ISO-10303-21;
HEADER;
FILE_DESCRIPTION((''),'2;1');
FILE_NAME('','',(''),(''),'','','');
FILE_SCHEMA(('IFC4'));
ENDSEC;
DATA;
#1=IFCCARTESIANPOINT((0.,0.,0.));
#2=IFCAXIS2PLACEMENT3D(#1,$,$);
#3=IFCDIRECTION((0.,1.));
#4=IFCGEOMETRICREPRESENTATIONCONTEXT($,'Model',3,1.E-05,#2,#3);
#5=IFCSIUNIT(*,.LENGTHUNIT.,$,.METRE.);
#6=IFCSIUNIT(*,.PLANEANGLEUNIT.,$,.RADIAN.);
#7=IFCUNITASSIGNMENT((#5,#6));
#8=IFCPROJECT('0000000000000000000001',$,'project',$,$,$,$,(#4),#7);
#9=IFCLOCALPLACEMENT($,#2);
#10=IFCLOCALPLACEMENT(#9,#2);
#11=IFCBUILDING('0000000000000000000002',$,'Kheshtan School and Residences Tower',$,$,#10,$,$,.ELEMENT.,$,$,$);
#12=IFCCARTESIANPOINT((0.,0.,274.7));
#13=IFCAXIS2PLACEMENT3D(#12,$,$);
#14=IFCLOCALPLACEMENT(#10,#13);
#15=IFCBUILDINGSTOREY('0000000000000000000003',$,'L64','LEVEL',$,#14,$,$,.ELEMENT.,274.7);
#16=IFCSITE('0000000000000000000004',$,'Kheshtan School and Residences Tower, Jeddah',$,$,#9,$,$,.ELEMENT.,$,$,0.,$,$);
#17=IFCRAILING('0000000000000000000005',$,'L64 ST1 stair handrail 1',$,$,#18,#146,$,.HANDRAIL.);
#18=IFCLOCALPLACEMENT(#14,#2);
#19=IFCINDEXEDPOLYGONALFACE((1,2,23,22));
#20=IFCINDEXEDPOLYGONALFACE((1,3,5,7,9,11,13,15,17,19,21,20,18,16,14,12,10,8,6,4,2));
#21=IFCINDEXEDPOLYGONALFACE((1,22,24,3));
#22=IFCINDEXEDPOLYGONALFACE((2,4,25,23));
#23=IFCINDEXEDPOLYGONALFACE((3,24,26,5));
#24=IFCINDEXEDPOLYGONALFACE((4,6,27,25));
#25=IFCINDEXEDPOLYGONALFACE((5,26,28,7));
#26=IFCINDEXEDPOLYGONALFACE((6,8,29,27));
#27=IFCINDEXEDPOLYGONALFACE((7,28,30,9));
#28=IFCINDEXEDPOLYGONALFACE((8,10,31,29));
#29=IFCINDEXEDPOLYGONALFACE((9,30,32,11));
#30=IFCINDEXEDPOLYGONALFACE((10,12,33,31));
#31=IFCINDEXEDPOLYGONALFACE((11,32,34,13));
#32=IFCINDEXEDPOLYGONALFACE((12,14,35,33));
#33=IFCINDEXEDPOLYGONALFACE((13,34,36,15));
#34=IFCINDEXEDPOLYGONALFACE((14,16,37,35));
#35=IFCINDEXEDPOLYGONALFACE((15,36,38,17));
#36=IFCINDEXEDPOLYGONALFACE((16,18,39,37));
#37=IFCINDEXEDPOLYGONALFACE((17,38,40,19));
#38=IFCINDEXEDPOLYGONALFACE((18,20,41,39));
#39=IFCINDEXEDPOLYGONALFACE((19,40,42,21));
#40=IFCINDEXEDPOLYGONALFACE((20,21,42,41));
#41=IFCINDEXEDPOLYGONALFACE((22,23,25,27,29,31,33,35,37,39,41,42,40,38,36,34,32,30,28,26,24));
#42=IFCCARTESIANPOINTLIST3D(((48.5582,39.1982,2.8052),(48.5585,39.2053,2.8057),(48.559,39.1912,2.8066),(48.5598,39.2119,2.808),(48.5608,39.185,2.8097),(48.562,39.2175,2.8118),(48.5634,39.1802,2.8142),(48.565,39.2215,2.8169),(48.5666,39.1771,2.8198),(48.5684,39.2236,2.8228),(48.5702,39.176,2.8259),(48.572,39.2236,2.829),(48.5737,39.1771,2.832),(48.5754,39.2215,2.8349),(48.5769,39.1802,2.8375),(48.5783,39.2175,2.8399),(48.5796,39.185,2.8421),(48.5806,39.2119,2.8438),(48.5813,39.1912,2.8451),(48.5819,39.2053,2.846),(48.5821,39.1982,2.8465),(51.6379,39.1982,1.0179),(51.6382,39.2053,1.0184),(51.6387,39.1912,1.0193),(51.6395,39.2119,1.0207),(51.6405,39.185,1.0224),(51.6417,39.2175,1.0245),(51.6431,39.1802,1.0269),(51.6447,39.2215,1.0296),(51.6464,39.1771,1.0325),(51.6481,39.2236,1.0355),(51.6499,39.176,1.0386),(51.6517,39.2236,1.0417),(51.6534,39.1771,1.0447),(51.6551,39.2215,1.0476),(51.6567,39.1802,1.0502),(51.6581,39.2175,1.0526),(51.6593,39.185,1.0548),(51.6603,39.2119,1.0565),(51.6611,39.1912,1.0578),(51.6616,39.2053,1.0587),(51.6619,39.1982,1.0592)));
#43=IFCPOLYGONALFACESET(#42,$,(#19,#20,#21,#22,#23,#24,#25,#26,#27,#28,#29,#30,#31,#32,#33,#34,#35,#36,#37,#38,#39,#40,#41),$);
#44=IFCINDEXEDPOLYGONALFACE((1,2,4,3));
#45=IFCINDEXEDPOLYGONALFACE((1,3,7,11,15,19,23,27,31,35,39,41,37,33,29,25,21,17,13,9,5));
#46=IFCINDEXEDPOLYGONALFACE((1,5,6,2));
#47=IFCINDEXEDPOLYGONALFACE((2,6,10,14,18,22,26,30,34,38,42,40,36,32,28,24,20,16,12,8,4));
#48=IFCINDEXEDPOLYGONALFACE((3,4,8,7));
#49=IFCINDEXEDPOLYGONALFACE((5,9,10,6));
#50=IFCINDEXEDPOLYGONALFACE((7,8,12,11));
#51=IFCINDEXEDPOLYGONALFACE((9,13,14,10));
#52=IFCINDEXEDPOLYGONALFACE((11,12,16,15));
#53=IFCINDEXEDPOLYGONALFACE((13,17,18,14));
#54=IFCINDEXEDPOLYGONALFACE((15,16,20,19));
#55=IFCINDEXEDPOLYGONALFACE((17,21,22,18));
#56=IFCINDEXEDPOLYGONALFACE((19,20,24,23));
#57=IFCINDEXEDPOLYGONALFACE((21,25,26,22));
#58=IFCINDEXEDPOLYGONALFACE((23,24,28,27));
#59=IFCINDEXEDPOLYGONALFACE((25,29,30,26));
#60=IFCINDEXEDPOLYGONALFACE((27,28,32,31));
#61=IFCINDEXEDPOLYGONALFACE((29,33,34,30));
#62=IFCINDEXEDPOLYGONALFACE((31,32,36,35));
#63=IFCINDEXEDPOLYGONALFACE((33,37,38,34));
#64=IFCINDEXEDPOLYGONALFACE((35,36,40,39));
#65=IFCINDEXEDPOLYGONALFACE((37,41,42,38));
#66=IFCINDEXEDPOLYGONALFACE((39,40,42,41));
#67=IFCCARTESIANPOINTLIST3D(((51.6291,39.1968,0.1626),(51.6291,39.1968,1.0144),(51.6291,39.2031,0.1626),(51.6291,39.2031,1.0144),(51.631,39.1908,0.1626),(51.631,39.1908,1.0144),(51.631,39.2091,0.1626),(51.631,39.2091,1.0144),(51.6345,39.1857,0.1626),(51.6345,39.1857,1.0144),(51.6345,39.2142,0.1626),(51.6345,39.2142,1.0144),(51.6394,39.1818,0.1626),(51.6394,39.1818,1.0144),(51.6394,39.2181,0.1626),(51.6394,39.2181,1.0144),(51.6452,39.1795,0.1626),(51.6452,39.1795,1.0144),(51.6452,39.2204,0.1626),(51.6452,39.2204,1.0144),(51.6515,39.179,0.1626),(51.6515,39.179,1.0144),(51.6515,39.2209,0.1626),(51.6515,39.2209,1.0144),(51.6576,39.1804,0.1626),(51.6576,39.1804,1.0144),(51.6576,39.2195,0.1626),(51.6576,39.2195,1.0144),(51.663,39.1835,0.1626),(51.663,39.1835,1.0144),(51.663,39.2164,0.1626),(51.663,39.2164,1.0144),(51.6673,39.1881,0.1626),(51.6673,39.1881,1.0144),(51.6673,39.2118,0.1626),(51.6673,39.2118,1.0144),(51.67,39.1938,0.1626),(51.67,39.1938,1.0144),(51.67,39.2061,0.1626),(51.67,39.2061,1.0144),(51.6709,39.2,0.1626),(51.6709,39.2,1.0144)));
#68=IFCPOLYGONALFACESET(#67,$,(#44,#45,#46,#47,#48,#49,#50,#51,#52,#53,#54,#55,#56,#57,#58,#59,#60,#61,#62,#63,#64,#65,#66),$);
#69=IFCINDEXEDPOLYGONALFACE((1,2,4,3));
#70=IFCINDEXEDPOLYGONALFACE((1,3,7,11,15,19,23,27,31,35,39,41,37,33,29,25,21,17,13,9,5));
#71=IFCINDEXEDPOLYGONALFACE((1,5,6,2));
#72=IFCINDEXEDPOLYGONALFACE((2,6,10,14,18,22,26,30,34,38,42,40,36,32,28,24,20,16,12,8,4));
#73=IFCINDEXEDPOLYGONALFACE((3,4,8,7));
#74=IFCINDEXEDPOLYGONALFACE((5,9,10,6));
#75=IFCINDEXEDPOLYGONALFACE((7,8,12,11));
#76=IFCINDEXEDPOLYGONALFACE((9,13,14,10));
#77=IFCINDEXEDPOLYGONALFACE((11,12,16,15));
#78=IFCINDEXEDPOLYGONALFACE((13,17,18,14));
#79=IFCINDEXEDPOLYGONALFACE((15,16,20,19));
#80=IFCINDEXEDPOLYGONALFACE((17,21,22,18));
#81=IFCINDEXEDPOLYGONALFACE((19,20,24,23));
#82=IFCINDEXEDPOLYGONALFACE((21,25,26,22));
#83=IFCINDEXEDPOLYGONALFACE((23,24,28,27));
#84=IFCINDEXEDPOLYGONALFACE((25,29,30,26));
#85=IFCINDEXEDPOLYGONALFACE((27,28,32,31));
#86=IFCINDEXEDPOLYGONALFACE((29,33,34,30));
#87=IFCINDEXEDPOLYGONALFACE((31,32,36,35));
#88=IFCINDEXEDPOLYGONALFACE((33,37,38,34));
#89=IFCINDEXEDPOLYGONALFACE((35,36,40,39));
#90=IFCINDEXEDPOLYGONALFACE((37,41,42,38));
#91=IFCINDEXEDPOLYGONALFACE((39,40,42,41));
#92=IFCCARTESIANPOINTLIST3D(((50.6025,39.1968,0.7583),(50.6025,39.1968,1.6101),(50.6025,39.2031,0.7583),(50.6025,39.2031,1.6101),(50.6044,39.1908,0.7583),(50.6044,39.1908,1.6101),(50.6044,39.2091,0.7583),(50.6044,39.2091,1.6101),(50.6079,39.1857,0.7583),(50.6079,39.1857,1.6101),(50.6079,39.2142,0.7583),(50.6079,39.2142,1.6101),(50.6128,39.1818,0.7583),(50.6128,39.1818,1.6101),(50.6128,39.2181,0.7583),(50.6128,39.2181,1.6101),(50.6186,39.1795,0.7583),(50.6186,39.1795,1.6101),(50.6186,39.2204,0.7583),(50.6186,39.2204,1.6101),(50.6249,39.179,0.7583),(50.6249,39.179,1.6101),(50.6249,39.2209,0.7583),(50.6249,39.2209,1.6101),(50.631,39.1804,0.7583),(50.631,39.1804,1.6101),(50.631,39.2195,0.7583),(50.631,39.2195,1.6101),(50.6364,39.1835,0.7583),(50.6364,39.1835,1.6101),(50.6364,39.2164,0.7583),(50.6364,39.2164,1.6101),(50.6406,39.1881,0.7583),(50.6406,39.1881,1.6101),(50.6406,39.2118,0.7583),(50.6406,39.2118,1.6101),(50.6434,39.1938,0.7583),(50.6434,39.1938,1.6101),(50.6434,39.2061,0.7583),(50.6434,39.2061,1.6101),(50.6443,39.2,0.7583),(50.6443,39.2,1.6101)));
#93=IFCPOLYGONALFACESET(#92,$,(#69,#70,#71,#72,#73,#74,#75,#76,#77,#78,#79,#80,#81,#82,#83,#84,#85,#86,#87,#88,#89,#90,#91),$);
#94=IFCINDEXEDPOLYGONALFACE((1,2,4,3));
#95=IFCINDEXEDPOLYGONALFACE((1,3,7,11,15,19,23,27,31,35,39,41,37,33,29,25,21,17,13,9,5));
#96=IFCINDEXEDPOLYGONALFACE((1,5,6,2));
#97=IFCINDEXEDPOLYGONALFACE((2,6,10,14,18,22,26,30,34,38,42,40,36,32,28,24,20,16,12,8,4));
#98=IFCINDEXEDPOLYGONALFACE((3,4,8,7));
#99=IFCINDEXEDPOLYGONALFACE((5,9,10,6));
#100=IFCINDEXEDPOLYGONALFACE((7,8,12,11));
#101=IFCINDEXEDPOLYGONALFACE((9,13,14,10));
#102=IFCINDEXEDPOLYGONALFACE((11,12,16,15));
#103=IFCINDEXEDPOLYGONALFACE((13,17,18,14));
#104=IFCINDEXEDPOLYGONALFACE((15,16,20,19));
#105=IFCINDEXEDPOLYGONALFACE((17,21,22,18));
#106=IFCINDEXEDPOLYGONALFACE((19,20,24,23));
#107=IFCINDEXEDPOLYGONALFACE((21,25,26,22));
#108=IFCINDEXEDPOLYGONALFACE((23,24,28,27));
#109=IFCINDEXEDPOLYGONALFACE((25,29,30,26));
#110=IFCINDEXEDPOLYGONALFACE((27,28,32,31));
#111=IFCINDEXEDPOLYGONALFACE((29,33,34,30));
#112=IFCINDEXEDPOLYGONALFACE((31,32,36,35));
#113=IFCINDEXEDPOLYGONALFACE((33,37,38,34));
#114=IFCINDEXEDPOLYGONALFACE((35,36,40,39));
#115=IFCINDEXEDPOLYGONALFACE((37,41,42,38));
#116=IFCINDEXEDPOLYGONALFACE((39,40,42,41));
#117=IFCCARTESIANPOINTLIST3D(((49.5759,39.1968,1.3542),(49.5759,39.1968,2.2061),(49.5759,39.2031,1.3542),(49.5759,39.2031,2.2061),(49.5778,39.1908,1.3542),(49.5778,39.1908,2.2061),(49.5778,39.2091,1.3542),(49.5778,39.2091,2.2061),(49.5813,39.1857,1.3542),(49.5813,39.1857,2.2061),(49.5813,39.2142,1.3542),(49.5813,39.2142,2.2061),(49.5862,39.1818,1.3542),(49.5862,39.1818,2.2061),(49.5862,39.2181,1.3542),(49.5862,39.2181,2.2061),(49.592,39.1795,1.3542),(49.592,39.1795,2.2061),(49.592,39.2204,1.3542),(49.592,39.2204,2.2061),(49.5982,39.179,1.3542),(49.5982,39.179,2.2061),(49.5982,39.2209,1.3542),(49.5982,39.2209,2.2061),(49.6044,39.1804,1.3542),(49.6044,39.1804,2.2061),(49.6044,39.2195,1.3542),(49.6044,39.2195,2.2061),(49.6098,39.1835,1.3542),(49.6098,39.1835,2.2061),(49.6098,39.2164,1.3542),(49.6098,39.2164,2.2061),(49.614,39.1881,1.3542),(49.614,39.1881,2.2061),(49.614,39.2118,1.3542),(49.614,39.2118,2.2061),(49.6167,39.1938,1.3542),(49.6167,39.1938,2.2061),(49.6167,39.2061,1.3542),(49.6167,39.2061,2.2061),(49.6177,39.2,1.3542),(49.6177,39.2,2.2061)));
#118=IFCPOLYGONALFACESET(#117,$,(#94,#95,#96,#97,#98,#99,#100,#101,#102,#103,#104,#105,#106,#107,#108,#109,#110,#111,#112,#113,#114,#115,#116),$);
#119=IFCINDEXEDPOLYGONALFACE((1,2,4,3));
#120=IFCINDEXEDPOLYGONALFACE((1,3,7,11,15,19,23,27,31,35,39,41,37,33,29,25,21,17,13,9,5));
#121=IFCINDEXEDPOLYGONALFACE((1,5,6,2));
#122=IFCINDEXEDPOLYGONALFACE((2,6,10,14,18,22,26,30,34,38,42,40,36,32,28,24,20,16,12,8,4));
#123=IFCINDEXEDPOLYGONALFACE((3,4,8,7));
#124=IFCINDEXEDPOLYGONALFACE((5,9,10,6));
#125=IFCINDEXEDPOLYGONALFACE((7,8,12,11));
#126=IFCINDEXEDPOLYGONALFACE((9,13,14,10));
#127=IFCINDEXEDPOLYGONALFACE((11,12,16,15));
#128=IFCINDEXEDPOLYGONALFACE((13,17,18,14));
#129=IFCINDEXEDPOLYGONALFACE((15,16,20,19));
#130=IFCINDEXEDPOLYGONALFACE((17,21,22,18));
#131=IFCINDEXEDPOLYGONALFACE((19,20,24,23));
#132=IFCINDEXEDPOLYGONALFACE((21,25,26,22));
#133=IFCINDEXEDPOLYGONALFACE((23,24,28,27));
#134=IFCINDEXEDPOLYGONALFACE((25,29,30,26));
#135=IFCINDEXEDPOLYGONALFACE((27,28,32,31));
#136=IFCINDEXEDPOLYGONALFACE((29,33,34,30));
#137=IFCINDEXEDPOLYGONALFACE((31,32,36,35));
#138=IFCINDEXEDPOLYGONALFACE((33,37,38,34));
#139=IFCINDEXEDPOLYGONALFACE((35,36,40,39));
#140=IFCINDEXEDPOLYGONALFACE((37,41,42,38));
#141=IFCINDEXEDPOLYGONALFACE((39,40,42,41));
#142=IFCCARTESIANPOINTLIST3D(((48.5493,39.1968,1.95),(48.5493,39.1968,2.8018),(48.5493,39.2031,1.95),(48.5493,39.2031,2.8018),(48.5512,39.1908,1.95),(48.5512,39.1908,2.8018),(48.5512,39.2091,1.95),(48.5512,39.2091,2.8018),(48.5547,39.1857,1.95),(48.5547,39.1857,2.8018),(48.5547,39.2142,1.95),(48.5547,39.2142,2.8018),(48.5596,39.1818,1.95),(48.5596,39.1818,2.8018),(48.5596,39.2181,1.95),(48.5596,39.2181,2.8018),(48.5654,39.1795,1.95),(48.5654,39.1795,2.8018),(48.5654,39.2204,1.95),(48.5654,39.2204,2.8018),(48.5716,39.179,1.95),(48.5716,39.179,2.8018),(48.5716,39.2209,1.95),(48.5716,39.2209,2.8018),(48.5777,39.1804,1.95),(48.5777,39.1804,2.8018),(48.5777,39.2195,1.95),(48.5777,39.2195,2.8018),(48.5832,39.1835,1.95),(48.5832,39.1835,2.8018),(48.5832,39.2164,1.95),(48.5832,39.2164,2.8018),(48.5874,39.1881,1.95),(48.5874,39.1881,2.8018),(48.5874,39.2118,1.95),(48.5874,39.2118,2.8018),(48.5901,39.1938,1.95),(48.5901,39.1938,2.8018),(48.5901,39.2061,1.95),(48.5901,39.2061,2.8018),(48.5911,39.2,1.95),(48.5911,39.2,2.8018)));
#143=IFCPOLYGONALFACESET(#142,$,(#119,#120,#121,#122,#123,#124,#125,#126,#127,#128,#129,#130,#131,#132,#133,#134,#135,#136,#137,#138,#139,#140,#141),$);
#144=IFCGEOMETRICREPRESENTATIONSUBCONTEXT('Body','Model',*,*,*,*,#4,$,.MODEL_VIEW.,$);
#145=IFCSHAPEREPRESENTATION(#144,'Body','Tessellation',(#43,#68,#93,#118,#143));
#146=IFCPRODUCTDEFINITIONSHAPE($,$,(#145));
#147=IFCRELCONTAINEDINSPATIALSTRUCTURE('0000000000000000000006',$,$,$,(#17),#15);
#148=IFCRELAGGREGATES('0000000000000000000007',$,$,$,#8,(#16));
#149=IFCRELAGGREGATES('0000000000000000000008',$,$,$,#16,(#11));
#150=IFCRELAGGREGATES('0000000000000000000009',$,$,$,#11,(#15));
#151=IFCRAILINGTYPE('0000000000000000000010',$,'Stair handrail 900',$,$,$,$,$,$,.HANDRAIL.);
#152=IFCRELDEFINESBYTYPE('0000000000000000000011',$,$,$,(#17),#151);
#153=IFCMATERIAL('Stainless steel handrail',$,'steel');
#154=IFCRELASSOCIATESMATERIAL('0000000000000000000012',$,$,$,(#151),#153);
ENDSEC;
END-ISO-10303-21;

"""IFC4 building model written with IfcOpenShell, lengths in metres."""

from ifc_helpers import new_model, si_unit, direction, frame, origin, origin_2d, place, context, subcontext, project, spatial, circle, extrude, material, type_object, element, save


model = new_model("IFC4")

# Units and contexts
model_context = context("Model", 3, precision=1e-05, world=origin(), true_north=direction((0.0, 1.0)))
body_context = subcontext(model_context, "Body", "Model", "MODEL_VIEW")
ifc_project = project(units=[si_unit("LENGTHUNIT", "METRE"), si_unit("PLANEANGLEUNIT", "RADIAN")], contexts=[model_context])

# Site, building, storey
site_placement = place(None, origin())
site = spatial("IfcSite", under=ifc_project, at=site_placement, Name="Kheshtan School and Residences Tower, Jeddah", CompositionType="ELEMENT", RefElevation=0.0)
building_placement = place(site_placement, origin())
building = spatial("IfcBuilding", under=site, at=building_placement, Name="Kheshtan School and Residences Tower", CompositionType="ELEMENT")
storey_placement = place(building_placement, frame((0.0, 0.0, 274.7)))
storey = spatial("IfcBuildingStorey", under=building, at=storey_placement, Name="L64", Description="LEVEL", CompositionType="ELEMENT", Elevation=274.7)

# Railing
ifc_material_1 = material(Name="Stainless steel handrail", Category="steel")
railing_type_1 = type_object("IfcRailingType", Name="Stair handrail 900", PredefinedType="HANDRAIL", material=ifc_material_1)
railing_1_placement = place(storey_placement, frame((51.6499, 39.2, 0.1626)))
element("IfcRailing", 1, at=railing_1_placement, inside=storey, type_object=railing_type_1, Name="L64 ST1 stair handrail 1", PredefinedType="HANDRAIL", context=body_context, shape_type="SweptSolid", body=[
    extrude(circle(Radius=0.0239, at=origin_2d()), frame((0.0, 0.0, 0.876), z_axis=(-0.864903, 0.0, 0.501939), x_axis=(0.0, -1.0, 0.0)), (0.0, 0.0, 1.0), 3.5608),
    extrude(circle(Radius=0.021, at=origin_2d()), origin(), (0.0, 0.0, 1.0), 0.8518),
    extrude(circle(Radius=0.021, at=origin_2d()), frame((-1.0266, 0.0, 0.5957)), (0.0, 0.0, 1.0), 0.8518),
    extrude(circle(Radius=0.021, at=origin_2d()), frame((-2.0532, 0.0, 1.1917)), (0.0, 0.0, 1.0), 0.8518),
    extrude(circle(Radius=0.021, at=origin_2d()), frame((-3.0798, 0.0, 1.7874)), (0.0, 0.0, 1.0), 0.8518),
])

save(model, "model.ifc")
